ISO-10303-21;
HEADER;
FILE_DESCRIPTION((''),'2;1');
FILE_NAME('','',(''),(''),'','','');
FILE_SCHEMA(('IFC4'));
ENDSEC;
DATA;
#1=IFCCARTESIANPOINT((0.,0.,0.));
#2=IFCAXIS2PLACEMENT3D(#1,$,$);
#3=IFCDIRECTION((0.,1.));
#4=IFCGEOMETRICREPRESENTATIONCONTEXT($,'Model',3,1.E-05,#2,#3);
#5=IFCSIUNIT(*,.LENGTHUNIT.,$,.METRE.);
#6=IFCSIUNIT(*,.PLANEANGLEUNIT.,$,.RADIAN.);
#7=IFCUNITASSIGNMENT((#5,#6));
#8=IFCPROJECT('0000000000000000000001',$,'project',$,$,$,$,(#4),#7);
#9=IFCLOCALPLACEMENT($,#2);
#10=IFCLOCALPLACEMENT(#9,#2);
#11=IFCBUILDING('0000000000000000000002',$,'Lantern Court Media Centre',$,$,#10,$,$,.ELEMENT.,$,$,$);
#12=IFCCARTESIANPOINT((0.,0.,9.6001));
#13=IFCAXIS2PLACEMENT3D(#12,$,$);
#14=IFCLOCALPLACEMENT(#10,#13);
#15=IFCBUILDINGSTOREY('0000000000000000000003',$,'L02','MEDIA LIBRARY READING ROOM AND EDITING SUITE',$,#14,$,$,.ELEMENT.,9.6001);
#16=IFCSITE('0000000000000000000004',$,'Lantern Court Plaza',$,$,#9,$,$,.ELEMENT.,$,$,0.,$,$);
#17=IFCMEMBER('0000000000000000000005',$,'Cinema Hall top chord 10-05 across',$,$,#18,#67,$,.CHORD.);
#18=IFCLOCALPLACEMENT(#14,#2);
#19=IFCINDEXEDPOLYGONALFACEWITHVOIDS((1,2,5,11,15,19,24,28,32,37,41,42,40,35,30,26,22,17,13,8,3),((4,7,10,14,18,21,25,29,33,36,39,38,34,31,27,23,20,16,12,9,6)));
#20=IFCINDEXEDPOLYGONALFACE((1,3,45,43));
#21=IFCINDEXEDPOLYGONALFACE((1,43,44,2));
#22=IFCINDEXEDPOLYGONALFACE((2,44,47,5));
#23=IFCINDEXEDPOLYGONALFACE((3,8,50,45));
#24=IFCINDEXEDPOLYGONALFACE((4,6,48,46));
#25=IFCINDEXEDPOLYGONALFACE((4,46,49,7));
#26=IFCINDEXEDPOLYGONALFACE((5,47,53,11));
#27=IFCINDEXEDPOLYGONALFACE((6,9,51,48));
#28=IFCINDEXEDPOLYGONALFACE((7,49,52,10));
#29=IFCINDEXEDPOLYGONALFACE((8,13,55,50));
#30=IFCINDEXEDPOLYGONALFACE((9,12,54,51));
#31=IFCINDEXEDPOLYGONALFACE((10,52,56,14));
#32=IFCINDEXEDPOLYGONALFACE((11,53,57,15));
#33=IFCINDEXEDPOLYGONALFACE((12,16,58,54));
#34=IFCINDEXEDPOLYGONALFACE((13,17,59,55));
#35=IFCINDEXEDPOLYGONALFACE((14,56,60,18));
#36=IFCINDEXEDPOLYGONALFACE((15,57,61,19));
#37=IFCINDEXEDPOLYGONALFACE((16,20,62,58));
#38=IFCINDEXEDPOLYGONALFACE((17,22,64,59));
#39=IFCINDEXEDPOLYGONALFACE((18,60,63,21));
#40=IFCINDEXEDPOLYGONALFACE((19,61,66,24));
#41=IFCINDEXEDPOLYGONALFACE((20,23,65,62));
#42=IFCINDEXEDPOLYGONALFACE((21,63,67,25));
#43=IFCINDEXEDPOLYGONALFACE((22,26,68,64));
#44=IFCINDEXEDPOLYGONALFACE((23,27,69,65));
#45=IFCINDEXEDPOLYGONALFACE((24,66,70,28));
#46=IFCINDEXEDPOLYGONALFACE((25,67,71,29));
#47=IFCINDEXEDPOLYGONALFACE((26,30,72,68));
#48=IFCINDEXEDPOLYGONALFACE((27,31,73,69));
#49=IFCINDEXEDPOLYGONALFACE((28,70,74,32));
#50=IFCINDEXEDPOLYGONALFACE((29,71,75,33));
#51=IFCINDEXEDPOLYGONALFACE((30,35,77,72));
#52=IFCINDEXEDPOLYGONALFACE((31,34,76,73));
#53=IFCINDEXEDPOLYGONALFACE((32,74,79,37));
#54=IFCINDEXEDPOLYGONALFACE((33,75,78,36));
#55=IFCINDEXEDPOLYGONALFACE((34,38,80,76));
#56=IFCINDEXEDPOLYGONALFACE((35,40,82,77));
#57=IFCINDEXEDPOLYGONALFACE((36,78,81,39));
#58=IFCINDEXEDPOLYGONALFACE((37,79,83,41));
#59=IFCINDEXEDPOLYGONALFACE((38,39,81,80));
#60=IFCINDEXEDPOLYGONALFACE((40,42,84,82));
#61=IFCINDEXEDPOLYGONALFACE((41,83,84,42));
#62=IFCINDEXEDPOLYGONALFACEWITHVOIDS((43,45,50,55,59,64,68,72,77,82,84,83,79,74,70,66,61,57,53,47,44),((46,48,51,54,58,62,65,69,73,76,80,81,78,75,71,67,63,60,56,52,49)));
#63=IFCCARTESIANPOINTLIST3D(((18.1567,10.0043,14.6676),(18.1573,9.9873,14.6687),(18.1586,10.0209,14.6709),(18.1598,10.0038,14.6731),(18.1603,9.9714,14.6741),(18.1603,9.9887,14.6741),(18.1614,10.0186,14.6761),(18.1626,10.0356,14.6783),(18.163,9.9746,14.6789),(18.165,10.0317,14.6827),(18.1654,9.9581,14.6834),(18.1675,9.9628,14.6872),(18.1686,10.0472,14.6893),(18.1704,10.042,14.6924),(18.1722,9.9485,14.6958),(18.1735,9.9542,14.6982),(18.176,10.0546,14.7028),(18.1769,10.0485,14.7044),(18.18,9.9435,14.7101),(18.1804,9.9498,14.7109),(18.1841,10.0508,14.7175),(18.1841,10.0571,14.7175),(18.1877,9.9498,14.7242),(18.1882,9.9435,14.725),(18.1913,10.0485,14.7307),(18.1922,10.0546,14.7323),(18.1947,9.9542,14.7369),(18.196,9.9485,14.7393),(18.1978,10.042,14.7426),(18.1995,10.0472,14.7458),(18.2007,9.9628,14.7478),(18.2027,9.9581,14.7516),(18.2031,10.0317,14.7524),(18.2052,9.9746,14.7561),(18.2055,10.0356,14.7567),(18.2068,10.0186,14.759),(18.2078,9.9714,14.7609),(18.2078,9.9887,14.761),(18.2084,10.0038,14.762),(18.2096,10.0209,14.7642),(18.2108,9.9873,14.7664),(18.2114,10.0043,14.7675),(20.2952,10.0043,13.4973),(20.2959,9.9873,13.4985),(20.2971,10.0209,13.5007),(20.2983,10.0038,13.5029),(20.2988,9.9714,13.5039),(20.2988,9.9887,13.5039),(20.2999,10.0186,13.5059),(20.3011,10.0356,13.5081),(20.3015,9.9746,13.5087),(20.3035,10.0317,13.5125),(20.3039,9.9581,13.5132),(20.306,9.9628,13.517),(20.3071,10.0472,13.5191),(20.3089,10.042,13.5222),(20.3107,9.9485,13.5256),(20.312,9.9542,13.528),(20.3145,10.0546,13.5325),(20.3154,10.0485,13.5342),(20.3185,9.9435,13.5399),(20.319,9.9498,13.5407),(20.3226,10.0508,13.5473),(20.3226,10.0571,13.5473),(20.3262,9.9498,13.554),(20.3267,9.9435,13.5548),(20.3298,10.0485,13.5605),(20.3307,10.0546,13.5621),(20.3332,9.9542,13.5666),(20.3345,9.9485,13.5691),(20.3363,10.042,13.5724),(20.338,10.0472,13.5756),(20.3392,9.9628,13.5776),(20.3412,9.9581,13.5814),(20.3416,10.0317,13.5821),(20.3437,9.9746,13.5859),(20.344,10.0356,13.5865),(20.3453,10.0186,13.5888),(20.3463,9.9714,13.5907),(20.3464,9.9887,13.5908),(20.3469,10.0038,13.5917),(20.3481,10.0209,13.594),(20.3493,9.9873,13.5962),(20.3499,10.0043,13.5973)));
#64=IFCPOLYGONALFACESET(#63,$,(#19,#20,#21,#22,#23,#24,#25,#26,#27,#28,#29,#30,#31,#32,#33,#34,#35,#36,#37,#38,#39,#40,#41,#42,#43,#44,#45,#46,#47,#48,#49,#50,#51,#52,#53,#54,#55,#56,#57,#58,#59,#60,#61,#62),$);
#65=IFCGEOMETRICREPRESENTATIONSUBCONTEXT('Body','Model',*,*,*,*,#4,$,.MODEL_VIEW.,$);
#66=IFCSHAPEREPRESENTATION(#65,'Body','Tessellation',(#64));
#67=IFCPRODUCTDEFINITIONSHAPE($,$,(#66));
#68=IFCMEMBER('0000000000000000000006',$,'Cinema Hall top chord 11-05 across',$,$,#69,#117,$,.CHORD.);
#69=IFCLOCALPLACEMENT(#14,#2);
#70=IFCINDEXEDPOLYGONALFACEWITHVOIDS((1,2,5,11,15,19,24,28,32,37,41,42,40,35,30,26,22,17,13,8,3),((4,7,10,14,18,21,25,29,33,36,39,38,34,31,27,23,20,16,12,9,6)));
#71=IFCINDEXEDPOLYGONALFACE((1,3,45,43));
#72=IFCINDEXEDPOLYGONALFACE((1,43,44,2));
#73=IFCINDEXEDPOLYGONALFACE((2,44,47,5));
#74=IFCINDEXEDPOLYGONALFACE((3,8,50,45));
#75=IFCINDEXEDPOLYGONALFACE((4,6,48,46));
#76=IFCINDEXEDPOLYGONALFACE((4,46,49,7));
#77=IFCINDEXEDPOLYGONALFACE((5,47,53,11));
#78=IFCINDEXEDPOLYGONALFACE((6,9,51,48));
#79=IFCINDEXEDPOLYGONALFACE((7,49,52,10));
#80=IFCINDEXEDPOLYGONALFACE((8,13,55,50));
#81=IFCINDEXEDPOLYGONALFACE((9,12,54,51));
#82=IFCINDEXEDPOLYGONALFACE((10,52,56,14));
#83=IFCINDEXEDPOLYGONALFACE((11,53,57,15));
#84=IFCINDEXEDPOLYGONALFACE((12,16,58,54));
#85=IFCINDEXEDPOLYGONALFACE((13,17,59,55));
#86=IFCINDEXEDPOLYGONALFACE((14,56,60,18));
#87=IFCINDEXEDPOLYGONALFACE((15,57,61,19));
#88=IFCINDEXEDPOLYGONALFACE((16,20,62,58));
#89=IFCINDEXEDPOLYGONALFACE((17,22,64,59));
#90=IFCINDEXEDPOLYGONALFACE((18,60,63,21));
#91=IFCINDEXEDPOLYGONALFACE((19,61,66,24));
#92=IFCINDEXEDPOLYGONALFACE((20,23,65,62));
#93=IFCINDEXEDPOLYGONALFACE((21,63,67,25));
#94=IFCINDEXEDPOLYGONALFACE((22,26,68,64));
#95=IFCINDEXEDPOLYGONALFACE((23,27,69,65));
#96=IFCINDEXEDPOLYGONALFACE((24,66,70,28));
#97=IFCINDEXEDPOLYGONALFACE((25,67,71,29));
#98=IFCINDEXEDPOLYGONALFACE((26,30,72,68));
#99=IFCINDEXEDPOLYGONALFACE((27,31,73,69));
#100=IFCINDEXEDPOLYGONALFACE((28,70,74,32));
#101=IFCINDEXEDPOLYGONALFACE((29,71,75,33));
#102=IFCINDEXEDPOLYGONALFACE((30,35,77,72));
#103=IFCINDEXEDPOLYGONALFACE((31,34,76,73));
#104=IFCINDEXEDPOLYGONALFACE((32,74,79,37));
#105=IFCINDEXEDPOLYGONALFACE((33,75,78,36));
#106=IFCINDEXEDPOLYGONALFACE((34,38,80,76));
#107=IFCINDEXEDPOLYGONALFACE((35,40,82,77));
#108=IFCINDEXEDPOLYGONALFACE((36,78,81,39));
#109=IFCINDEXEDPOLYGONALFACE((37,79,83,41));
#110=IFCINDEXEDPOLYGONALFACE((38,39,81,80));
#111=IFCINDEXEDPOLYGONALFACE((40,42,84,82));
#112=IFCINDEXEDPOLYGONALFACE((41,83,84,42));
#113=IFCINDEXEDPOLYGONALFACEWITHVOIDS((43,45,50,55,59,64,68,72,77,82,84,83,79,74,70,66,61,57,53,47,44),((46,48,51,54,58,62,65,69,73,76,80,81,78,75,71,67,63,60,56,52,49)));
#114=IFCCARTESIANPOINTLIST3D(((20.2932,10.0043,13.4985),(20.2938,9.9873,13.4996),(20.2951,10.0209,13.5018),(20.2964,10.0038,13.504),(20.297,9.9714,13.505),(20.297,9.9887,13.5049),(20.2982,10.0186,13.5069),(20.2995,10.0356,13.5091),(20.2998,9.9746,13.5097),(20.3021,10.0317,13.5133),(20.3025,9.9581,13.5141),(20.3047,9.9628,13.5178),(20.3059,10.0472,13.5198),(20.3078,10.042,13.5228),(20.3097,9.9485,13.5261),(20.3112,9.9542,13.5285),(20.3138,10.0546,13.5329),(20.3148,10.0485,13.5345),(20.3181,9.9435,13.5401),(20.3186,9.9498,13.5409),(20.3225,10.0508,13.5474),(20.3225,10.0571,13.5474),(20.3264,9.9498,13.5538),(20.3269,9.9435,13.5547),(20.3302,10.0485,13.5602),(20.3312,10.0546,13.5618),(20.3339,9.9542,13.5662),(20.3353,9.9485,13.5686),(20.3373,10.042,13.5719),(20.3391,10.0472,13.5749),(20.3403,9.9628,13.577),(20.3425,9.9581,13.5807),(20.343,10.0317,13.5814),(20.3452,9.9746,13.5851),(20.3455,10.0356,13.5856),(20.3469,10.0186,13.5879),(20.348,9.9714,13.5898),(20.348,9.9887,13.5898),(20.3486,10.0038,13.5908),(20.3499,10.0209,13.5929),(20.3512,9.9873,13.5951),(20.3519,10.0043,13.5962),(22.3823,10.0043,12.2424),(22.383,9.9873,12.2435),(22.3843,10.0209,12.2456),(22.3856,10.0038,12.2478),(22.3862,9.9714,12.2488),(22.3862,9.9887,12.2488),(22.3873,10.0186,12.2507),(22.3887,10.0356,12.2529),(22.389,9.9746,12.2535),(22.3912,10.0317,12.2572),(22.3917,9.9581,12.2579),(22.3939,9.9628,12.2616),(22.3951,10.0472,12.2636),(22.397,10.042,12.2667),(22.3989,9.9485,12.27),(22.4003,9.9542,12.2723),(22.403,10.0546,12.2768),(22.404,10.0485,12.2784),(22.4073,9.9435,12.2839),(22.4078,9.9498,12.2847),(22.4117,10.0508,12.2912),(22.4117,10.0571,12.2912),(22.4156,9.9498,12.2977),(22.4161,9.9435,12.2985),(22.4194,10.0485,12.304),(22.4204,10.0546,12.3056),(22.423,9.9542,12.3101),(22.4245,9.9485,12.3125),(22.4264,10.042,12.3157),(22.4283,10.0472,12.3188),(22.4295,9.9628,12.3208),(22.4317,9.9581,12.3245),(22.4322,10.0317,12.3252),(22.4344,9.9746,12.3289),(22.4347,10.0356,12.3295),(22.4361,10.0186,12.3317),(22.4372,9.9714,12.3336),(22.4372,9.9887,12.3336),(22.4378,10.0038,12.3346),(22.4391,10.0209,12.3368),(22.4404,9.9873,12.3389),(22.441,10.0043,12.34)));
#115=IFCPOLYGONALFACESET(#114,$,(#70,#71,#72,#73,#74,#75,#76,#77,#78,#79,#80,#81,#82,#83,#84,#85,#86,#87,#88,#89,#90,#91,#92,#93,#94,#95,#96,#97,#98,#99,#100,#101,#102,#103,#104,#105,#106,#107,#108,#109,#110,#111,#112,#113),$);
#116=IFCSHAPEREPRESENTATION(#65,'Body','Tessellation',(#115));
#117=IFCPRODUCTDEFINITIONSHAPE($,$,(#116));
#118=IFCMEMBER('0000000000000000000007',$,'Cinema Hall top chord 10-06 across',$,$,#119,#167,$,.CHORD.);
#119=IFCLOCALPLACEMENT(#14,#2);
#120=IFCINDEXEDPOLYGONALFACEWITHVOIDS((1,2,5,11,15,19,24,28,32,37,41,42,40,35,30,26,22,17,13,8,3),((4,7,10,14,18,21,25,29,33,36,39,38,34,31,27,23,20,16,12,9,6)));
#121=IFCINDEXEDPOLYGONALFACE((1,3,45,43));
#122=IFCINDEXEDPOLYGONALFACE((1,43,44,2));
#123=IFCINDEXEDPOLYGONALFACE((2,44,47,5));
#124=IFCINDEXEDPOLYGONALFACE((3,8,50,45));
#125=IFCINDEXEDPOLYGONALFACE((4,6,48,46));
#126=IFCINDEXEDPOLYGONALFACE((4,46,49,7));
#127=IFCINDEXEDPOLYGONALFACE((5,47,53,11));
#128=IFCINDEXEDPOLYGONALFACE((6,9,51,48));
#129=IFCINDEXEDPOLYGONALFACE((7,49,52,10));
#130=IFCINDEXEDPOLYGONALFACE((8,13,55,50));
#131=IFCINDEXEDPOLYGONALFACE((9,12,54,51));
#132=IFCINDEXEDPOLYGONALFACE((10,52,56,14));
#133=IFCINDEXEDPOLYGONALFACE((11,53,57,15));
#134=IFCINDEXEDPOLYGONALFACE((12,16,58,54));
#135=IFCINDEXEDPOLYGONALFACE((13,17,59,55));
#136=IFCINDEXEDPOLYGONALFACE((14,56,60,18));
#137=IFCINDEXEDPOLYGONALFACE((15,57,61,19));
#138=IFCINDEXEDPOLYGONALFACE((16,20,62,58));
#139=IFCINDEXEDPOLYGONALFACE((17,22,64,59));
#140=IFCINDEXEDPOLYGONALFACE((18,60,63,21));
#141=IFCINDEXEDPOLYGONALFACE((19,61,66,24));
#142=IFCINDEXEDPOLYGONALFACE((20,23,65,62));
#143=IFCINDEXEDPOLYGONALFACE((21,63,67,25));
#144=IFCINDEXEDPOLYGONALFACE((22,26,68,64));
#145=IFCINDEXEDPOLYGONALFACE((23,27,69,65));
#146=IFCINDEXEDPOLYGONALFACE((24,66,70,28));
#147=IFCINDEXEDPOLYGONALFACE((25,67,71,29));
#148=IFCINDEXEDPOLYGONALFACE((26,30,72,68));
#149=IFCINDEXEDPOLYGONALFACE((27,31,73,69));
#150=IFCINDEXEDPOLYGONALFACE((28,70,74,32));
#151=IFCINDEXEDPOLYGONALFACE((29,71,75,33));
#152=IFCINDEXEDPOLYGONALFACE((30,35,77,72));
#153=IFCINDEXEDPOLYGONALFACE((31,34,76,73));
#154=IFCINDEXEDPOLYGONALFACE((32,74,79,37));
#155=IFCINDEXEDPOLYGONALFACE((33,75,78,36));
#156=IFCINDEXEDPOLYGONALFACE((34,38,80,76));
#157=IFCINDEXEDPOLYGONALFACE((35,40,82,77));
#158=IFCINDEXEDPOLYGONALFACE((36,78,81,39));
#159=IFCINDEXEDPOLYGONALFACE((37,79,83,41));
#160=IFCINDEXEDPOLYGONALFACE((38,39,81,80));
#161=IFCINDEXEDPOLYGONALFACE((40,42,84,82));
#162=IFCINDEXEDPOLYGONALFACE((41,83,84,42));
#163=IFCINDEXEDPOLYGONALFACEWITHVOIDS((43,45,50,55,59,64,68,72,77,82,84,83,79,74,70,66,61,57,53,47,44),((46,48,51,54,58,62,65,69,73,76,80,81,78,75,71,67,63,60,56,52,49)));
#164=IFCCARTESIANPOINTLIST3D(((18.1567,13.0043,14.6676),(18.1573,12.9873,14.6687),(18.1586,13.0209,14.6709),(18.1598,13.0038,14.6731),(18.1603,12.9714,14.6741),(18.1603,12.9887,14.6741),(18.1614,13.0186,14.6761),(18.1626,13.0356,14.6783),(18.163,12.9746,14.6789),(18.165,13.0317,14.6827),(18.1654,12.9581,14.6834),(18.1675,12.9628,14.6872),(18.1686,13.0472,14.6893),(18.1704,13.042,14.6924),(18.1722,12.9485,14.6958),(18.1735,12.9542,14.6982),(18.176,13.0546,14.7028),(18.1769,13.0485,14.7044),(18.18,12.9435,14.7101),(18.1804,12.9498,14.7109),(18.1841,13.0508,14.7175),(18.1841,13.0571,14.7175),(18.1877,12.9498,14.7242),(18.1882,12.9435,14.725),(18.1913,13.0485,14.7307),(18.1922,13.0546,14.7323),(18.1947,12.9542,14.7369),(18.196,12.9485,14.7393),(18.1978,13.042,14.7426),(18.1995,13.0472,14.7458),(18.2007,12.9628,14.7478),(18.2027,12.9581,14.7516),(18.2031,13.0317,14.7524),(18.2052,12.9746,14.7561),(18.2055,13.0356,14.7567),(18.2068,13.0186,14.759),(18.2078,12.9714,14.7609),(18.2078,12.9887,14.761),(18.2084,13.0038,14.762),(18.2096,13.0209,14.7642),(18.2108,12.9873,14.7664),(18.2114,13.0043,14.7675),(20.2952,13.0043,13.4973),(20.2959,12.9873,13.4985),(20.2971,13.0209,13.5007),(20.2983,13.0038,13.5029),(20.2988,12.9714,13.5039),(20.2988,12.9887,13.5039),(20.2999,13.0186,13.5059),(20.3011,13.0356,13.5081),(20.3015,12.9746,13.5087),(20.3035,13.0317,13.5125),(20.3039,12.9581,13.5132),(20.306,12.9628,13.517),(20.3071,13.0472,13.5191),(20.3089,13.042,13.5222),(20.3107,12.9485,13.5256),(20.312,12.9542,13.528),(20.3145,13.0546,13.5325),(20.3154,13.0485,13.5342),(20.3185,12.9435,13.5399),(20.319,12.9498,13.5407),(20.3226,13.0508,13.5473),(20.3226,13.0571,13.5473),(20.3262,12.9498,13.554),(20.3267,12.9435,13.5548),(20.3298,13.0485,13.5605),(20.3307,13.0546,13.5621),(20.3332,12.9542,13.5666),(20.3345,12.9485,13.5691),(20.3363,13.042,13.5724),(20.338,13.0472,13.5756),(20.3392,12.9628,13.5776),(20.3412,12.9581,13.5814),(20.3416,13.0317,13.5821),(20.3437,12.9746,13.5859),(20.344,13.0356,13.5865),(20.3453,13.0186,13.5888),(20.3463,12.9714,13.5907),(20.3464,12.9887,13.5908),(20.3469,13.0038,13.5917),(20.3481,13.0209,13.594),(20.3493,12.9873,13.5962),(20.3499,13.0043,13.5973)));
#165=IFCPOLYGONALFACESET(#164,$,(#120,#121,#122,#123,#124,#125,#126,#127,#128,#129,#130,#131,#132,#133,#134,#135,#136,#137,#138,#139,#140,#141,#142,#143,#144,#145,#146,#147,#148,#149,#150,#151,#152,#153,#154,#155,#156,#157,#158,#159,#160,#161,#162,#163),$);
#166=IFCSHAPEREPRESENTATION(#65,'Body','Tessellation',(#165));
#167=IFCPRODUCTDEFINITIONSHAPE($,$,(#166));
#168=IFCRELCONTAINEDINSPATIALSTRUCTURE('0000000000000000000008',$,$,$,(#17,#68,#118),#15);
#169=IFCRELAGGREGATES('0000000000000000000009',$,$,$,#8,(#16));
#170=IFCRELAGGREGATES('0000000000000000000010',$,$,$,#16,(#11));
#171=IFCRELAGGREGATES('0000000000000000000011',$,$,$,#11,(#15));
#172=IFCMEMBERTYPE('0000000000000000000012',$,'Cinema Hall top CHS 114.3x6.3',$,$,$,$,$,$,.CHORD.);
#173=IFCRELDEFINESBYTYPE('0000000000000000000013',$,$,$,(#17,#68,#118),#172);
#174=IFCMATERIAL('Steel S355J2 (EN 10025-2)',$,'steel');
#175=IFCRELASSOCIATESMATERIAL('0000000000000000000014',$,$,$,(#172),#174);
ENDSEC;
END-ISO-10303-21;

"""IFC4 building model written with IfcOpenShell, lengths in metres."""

from ifc_helpers import new_model, si_unit, direction, frame, origin, origin_2d, place, context, subcontext, project, spatial, hollow_circle, extrude, material, material_profile, profile_set, type_object, element, save


model = new_model("IFC4")

# Units and contexts
model_context = context("Model", 3, precision=1e-05, world=origin(), true_north=direction((0.0, 1.0)))
body_context = subcontext(model_context, "Body", "Model", "MODEL_VIEW")
ifc_project = project(units=[si_unit("LENGTHUNIT", "METRE"), si_unit("PLANEANGLEUNIT", "RADIAN")], contexts=[model_context])

# Site, building, storey
site_placement = place(None, origin())
site = spatial("IfcSite", under=ifc_project, at=site_placement, Name="Lantern Court Plaza", CompositionType="ELEMENT", RefElevation=0.0)
building_placement = place(site_placement, origin())
building = spatial("IfcBuilding", under=site, at=building_placement, Name="Lantern Court Media Centre", CompositionType="ELEMENT")
storey_placement = place(building_placement, frame((0.0, 0.0, 9.6001)))
storey = spatial("IfcBuildingStorey", under=building, at=storey_placement, Name="L02", Description="MEDIA LIBRARY READING ROOM AND EDITING SUITE", CompositionType="ELEMENT", Elevation=9.6001)

# Members
ifc_material = material(Name="Steel S355J2 (EN 10025-2)", Category="steel")
ifc_material_profile_1 = material_profile(ifc_material, hollow_circle(Radius=0.0571, WallThickness=0.0063, at=origin_2d()), Name="Cinema Hall top CHS 114.3x6.3")
ifc_profile_set_1 = profile_set([ifc_material_profile_1], Name="Steel S355J2 (EN 10025-2)")
member_type_1 = type_object("IfcMemberType", Name="Cinema Hall top CHS 114.3x6.3", PredefinedType="CHORD", material=ifc_profile_set_1)
for number, where, z_axis, x_axis, name in (
    (1, (18.1841, 10.0, 14.7175), (0.877248, 0.0, -0.480038), (0.0, 1.0, 0.0), "Cinema Hall top chord 10-05 across"),
    (2, (20.3225, 10.0, 13.5474), (0.857015, 0.0, -0.515291), (0.0, 1.0, 0.0), "Cinema Hall top chord 11-05 across"),
    (3, (18.1841, 13.0, 14.7175), (0.877248, 0.0, -0.480038), (0.0, 1.0, 0.0), "Cinema Hall top chord 10-06 across"),
):
    element("IfcMember", number, at=place(storey_placement, frame(where, z_axis=z_axis, x_axis=x_axis)), inside=storey, type_object=member_type_1, Name=name, PredefinedType="CHORD", context=body_context, shape_type="SweptSolid", body=[
        extrude(hollow_circle(Radius=0.0571, WallThickness=0.0063, at=origin_2d()), origin(), (0.0, 0.0, 1.0), 2.4377),
    ])

save(model, "model.ifc")
